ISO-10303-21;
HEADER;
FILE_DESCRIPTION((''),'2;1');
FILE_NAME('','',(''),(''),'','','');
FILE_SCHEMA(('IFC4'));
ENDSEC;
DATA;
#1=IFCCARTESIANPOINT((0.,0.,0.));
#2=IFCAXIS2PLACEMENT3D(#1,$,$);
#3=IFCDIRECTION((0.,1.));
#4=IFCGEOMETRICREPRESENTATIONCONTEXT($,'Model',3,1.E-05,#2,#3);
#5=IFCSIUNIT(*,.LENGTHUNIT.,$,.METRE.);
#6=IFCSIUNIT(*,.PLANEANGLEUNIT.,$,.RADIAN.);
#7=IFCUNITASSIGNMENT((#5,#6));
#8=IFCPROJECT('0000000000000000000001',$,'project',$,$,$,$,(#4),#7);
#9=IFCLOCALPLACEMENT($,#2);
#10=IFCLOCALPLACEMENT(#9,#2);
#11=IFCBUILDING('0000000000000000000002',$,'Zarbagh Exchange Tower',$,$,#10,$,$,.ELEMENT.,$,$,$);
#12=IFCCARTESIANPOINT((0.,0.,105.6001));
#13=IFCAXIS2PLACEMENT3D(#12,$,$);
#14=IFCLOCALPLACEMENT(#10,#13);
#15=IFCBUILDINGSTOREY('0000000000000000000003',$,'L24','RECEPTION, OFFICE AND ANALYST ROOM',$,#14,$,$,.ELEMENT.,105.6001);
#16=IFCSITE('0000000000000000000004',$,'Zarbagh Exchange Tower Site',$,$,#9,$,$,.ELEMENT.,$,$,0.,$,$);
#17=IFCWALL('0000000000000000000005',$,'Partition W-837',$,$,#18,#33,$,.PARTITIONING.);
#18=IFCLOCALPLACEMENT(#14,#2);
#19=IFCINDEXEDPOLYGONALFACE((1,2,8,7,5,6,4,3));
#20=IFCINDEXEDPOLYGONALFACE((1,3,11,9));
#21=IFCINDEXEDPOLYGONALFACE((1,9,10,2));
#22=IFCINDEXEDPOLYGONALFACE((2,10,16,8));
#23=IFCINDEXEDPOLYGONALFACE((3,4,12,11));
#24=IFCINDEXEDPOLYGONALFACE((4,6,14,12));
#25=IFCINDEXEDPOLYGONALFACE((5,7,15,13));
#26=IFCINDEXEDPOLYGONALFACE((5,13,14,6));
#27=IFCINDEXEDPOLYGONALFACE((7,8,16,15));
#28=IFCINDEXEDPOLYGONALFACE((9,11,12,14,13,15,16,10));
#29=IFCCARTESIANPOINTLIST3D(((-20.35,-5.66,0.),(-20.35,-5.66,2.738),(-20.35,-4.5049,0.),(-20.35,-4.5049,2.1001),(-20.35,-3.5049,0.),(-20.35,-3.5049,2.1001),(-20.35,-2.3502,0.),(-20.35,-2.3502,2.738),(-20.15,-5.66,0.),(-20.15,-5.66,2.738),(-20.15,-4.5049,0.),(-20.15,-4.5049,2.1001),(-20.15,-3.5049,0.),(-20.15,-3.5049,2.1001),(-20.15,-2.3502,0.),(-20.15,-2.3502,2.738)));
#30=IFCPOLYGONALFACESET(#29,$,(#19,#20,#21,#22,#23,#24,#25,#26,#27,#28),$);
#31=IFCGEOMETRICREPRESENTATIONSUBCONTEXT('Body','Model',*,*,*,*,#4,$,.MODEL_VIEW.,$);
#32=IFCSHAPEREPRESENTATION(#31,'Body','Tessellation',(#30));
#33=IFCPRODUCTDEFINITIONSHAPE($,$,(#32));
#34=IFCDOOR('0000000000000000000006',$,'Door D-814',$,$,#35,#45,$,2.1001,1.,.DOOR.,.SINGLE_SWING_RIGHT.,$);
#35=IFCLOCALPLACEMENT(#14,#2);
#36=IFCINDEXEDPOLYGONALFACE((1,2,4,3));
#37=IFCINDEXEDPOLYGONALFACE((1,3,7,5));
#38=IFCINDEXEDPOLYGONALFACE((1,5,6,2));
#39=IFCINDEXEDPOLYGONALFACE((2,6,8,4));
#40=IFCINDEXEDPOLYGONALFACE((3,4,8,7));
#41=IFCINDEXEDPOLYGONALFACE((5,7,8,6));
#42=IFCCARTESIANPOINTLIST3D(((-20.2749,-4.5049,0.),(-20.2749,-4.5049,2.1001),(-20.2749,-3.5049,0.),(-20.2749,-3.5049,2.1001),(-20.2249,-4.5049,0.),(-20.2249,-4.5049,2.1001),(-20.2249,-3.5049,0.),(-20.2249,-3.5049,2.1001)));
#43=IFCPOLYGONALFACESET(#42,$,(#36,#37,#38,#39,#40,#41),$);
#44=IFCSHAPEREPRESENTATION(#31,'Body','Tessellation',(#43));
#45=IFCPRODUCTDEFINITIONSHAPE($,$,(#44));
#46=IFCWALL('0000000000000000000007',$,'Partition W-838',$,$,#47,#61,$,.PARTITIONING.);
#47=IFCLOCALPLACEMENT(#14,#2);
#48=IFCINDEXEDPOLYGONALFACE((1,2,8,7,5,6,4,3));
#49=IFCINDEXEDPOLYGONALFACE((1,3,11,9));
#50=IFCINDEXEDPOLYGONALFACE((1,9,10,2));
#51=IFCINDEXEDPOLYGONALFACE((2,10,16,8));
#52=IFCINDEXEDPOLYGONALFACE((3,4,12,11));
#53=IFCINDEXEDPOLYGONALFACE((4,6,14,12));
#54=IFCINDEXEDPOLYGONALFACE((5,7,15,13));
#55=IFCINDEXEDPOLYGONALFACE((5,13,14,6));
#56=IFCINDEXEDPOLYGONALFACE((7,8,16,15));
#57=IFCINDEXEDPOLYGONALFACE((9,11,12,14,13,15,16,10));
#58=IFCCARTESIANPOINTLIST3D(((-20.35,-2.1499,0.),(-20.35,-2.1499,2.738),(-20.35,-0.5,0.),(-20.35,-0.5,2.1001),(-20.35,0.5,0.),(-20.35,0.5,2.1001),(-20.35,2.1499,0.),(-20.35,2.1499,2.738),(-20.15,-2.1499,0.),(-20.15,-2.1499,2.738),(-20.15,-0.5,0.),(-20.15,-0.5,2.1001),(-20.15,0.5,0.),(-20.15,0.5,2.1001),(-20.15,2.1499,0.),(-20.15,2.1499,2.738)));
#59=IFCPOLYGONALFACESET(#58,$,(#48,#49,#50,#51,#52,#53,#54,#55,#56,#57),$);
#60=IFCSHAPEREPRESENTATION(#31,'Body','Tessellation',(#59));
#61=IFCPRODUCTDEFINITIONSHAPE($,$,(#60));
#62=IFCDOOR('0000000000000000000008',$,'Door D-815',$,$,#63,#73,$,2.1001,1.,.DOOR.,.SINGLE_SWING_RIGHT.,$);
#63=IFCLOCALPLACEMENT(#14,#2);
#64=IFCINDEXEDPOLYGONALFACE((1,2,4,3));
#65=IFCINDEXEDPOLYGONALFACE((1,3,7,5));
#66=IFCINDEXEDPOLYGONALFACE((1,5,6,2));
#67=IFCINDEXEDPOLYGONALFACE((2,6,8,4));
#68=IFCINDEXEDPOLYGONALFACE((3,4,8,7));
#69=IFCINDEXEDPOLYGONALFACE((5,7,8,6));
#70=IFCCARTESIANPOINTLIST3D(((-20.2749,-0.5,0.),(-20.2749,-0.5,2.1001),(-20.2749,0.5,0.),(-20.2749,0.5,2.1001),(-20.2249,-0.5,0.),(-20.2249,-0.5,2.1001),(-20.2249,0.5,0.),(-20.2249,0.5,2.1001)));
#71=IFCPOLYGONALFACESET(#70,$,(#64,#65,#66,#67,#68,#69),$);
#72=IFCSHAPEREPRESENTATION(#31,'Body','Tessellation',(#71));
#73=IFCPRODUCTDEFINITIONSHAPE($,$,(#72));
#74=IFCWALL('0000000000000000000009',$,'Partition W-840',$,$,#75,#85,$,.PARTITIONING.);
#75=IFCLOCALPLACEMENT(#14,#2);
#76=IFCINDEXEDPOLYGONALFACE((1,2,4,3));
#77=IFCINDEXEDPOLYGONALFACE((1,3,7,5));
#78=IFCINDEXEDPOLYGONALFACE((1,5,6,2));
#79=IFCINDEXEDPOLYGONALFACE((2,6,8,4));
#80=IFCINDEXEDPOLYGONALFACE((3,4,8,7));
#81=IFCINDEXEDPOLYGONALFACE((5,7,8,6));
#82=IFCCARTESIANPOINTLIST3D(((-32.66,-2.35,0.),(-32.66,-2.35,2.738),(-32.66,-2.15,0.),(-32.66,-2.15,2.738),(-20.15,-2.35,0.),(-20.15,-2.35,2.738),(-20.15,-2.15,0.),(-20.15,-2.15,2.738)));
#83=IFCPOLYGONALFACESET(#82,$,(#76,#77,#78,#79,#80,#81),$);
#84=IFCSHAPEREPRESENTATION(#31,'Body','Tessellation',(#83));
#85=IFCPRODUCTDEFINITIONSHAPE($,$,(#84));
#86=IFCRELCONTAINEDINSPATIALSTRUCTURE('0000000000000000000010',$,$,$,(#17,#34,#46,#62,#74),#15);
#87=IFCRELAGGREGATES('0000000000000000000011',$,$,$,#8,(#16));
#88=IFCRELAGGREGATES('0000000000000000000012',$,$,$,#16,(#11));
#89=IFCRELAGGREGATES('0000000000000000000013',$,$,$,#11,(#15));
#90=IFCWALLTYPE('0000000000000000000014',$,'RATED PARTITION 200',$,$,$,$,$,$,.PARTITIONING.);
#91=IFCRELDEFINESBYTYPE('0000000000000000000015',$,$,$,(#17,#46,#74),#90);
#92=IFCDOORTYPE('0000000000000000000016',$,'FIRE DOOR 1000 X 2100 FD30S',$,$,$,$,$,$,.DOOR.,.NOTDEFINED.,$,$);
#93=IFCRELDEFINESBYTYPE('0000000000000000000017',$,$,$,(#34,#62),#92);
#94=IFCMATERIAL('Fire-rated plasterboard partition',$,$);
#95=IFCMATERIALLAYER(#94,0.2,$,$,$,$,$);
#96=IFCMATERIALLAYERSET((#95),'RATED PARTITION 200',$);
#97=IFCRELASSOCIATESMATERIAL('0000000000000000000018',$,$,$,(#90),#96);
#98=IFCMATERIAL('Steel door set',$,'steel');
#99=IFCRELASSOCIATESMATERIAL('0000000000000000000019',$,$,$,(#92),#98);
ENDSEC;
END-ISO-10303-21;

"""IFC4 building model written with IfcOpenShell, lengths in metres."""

from ifc_helpers import new_model, si_unit, direction, frame, frame_2d, origin, place, context, subcontext, project, spatial, rectangle, extrude, material, layer, layer_set, type_object, element, fill, save


model = new_model("IFC4")

# Units and contexts
model_context = context("Model", 3, precision=1e-05, world=origin(), true_north=direction((0.0, 1.0)))
body_context = subcontext(model_context, "Body", "Model", "MODEL_VIEW")
ifc_project = project(units=[si_unit("LENGTHUNIT", "METRE"), si_unit("PLANEANGLEUNIT", "RADIAN")], contexts=[model_context])

# Site, building, storey
site_placement = place(None, origin())
site = spatial("IfcSite", under=ifc_project, at=site_placement, Name="Zarbagh Exchange Tower Site", CompositionType="ELEMENT", RefElevation=0.0)
building_placement = place(site_placement, origin())
building = spatial("IfcBuilding", under=site, at=building_placement, Name="Zarbagh Exchange Tower", CompositionType="ELEMENT")
storey_placement = place(building_placement, frame((0.0, 0.0, 105.6001)))
storey = spatial("IfcBuildingStorey", under=building, at=storey_placement, Name="L24", Description="RECEPTION, OFFICE AND ANALYST ROOM", CompositionType="ELEMENT", Elevation=105.6001)

# Shared definitions
ifc_material_1 = material(Name="Fire-rated plasterboard partition")
ifc_layer = layer(ifc_material_1, 0.2)
ifc_layer_set = layer_set([ifc_layer], Name="RATED PARTITION 200")
wall_type = type_object("IfcWallType", Name="RATED PARTITION 200", PredefinedType="PARTITIONING", material=ifc_layer_set)

# Shared definitions
ifc_material_2 = material(Name="Steel door set", Category="steel")
door_type = type_object("IfcDoorType", Name="FIRE DOOR 1000 X 2100 FD30S", OperationType="NOTDEFINED", PredefinedType="DOOR", material=ifc_material_2)

# Walls, openings, doors
wall_1_placement = place(storey_placement, frame((-20.25, -5.6599, 0.0), z_axis=(0.0, 0.0, 1.0), x_axis=(0.0, 1.0, 0.0)))
wall_1 = element("IfcWall", 1, at=wall_1_placement, inside=storey, type_object=wall_type, Name="Partition W-837", PredefinedType="PARTITIONING", context=body_context, shape_type="SweptSolid", body=[
    extrude(rectangle(XDim=3.3098, YDim=0.2, at=frame_2d((1.6548, 0.0))), origin(), (0.0, 0.0, 1.0), 2.738),
])
opening_1_placement = place(wall_1_placement, frame((1.155, 0.0, 0.0)))
opening_1 = element("IfcOpeningElement", 2, at=opening_1_placement, cuts=wall_1, PredefinedType="OPENING", context=body_context, shape_type="SweptSolid", body=[
    extrude(rectangle(XDim=1.0, YDim=2.1001, at=frame_2d((0.5, 1.05))), frame((0.0, 0.1099, 0.0), z_axis=(0.0, -1.0, 0.0), x_axis=(1.0, 0.0, 0.0)), (0.0, 0.0, 1.0), 0.22),
])
door_1_placement = place(opening_1_placement, origin())
door_1 = element("IfcDoor", 3, at=door_1_placement, inside=storey, type_object=door_type, Name="Door D-814", OperationType="SINGLE_SWING_RIGHT", OverallHeight=2.1001, OverallWidth=1.0, PredefinedType="DOOR", context=body_context, shape_type="SweptSolid", body=[
    extrude(rectangle(XDim=1.0, YDim=2.1001, at=frame_2d((0.5, 1.05))), frame((0.0, 0.0249, 0.0), z_axis=(0.0, -1.0, 0.0), x_axis=(1.0, 0.0, 0.0)), (0.0, 0.0, 1.0), 0.05),
])
fill(opening_1, door_1)
wall_2_placement = place(storey_placement, frame((-20.25, -2.1499, 0.0), z_axis=(0.0, 0.0, 1.0), x_axis=(0.0, 1.0, 0.0)))
wall_2 = element("IfcWall", 4, at=wall_2_placement, inside=storey, type_object=wall_type, Name="Partition W-838", PredefinedType="PARTITIONING", context=body_context, shape_type="SweptSolid", body=[
    extrude(rectangle(XDim=4.2998, YDim=0.2, at=frame_2d((2.1499, 0.0))), origin(), (0.0, 0.0, 1.0), 2.738),
])
opening_2_placement = place(wall_2_placement, frame((1.6499, 0.0, 0.0)))
opening_2 = element("IfcOpeningElement", 5, at=opening_2_placement, cuts=wall_2, PredefinedType="OPENING", context=body_context, shape_type="SweptSolid", body=[
    extrude(rectangle(XDim=1.0, YDim=2.1001, at=frame_2d((0.5, 1.05))), frame((0.0, 0.1099, 0.0), z_axis=(0.0, -1.0, 0.0), x_axis=(1.0, 0.0, 0.0)), (0.0, 0.0, 1.0), 0.22),
])
door_2_placement = place(opening_2_placement, origin())
door_2 = element("IfcDoor", 6, at=door_2_placement, inside=storey, type_object=door_type, Name="Door D-815", OperationType="SINGLE_SWING_RIGHT", OverallHeight=2.1001, OverallWidth=1.0, PredefinedType="DOOR", context=body_context, shape_type="SweptSolid", body=[
    extrude(rectangle(XDim=1.0, YDim=2.1001, at=frame_2d((0.5, 1.05))), frame((0.0, 0.0249, 0.0), z_axis=(0.0, -1.0, 0.0), x_axis=(1.0, 0.0, 0.0)), (0.0, 0.0, 1.0), 0.05),
])
fill(opening_2, door_2)

# Wall
wall_3_placement = place(storey_placement, frame((-32.6599, -2.25, 0.0), z_axis=(0.0, 0.0, 1.0), x_axis=(1.0, 0.0, 0.0)))
element("IfcWall", 7, at=wall_3_placement, inside=storey, type_object=wall_type, Name="Partition W-840", PredefinedType="PARTITIONING", context=body_context, shape_type="SweptSolid", body=[
    extrude(rectangle(XDim=12.51, YDim=0.2, at=frame_2d((6.2549, 0.0))), origin(), (0.0, 0.0, 1.0), 2.738),
])

save(model, "model.ifc")
